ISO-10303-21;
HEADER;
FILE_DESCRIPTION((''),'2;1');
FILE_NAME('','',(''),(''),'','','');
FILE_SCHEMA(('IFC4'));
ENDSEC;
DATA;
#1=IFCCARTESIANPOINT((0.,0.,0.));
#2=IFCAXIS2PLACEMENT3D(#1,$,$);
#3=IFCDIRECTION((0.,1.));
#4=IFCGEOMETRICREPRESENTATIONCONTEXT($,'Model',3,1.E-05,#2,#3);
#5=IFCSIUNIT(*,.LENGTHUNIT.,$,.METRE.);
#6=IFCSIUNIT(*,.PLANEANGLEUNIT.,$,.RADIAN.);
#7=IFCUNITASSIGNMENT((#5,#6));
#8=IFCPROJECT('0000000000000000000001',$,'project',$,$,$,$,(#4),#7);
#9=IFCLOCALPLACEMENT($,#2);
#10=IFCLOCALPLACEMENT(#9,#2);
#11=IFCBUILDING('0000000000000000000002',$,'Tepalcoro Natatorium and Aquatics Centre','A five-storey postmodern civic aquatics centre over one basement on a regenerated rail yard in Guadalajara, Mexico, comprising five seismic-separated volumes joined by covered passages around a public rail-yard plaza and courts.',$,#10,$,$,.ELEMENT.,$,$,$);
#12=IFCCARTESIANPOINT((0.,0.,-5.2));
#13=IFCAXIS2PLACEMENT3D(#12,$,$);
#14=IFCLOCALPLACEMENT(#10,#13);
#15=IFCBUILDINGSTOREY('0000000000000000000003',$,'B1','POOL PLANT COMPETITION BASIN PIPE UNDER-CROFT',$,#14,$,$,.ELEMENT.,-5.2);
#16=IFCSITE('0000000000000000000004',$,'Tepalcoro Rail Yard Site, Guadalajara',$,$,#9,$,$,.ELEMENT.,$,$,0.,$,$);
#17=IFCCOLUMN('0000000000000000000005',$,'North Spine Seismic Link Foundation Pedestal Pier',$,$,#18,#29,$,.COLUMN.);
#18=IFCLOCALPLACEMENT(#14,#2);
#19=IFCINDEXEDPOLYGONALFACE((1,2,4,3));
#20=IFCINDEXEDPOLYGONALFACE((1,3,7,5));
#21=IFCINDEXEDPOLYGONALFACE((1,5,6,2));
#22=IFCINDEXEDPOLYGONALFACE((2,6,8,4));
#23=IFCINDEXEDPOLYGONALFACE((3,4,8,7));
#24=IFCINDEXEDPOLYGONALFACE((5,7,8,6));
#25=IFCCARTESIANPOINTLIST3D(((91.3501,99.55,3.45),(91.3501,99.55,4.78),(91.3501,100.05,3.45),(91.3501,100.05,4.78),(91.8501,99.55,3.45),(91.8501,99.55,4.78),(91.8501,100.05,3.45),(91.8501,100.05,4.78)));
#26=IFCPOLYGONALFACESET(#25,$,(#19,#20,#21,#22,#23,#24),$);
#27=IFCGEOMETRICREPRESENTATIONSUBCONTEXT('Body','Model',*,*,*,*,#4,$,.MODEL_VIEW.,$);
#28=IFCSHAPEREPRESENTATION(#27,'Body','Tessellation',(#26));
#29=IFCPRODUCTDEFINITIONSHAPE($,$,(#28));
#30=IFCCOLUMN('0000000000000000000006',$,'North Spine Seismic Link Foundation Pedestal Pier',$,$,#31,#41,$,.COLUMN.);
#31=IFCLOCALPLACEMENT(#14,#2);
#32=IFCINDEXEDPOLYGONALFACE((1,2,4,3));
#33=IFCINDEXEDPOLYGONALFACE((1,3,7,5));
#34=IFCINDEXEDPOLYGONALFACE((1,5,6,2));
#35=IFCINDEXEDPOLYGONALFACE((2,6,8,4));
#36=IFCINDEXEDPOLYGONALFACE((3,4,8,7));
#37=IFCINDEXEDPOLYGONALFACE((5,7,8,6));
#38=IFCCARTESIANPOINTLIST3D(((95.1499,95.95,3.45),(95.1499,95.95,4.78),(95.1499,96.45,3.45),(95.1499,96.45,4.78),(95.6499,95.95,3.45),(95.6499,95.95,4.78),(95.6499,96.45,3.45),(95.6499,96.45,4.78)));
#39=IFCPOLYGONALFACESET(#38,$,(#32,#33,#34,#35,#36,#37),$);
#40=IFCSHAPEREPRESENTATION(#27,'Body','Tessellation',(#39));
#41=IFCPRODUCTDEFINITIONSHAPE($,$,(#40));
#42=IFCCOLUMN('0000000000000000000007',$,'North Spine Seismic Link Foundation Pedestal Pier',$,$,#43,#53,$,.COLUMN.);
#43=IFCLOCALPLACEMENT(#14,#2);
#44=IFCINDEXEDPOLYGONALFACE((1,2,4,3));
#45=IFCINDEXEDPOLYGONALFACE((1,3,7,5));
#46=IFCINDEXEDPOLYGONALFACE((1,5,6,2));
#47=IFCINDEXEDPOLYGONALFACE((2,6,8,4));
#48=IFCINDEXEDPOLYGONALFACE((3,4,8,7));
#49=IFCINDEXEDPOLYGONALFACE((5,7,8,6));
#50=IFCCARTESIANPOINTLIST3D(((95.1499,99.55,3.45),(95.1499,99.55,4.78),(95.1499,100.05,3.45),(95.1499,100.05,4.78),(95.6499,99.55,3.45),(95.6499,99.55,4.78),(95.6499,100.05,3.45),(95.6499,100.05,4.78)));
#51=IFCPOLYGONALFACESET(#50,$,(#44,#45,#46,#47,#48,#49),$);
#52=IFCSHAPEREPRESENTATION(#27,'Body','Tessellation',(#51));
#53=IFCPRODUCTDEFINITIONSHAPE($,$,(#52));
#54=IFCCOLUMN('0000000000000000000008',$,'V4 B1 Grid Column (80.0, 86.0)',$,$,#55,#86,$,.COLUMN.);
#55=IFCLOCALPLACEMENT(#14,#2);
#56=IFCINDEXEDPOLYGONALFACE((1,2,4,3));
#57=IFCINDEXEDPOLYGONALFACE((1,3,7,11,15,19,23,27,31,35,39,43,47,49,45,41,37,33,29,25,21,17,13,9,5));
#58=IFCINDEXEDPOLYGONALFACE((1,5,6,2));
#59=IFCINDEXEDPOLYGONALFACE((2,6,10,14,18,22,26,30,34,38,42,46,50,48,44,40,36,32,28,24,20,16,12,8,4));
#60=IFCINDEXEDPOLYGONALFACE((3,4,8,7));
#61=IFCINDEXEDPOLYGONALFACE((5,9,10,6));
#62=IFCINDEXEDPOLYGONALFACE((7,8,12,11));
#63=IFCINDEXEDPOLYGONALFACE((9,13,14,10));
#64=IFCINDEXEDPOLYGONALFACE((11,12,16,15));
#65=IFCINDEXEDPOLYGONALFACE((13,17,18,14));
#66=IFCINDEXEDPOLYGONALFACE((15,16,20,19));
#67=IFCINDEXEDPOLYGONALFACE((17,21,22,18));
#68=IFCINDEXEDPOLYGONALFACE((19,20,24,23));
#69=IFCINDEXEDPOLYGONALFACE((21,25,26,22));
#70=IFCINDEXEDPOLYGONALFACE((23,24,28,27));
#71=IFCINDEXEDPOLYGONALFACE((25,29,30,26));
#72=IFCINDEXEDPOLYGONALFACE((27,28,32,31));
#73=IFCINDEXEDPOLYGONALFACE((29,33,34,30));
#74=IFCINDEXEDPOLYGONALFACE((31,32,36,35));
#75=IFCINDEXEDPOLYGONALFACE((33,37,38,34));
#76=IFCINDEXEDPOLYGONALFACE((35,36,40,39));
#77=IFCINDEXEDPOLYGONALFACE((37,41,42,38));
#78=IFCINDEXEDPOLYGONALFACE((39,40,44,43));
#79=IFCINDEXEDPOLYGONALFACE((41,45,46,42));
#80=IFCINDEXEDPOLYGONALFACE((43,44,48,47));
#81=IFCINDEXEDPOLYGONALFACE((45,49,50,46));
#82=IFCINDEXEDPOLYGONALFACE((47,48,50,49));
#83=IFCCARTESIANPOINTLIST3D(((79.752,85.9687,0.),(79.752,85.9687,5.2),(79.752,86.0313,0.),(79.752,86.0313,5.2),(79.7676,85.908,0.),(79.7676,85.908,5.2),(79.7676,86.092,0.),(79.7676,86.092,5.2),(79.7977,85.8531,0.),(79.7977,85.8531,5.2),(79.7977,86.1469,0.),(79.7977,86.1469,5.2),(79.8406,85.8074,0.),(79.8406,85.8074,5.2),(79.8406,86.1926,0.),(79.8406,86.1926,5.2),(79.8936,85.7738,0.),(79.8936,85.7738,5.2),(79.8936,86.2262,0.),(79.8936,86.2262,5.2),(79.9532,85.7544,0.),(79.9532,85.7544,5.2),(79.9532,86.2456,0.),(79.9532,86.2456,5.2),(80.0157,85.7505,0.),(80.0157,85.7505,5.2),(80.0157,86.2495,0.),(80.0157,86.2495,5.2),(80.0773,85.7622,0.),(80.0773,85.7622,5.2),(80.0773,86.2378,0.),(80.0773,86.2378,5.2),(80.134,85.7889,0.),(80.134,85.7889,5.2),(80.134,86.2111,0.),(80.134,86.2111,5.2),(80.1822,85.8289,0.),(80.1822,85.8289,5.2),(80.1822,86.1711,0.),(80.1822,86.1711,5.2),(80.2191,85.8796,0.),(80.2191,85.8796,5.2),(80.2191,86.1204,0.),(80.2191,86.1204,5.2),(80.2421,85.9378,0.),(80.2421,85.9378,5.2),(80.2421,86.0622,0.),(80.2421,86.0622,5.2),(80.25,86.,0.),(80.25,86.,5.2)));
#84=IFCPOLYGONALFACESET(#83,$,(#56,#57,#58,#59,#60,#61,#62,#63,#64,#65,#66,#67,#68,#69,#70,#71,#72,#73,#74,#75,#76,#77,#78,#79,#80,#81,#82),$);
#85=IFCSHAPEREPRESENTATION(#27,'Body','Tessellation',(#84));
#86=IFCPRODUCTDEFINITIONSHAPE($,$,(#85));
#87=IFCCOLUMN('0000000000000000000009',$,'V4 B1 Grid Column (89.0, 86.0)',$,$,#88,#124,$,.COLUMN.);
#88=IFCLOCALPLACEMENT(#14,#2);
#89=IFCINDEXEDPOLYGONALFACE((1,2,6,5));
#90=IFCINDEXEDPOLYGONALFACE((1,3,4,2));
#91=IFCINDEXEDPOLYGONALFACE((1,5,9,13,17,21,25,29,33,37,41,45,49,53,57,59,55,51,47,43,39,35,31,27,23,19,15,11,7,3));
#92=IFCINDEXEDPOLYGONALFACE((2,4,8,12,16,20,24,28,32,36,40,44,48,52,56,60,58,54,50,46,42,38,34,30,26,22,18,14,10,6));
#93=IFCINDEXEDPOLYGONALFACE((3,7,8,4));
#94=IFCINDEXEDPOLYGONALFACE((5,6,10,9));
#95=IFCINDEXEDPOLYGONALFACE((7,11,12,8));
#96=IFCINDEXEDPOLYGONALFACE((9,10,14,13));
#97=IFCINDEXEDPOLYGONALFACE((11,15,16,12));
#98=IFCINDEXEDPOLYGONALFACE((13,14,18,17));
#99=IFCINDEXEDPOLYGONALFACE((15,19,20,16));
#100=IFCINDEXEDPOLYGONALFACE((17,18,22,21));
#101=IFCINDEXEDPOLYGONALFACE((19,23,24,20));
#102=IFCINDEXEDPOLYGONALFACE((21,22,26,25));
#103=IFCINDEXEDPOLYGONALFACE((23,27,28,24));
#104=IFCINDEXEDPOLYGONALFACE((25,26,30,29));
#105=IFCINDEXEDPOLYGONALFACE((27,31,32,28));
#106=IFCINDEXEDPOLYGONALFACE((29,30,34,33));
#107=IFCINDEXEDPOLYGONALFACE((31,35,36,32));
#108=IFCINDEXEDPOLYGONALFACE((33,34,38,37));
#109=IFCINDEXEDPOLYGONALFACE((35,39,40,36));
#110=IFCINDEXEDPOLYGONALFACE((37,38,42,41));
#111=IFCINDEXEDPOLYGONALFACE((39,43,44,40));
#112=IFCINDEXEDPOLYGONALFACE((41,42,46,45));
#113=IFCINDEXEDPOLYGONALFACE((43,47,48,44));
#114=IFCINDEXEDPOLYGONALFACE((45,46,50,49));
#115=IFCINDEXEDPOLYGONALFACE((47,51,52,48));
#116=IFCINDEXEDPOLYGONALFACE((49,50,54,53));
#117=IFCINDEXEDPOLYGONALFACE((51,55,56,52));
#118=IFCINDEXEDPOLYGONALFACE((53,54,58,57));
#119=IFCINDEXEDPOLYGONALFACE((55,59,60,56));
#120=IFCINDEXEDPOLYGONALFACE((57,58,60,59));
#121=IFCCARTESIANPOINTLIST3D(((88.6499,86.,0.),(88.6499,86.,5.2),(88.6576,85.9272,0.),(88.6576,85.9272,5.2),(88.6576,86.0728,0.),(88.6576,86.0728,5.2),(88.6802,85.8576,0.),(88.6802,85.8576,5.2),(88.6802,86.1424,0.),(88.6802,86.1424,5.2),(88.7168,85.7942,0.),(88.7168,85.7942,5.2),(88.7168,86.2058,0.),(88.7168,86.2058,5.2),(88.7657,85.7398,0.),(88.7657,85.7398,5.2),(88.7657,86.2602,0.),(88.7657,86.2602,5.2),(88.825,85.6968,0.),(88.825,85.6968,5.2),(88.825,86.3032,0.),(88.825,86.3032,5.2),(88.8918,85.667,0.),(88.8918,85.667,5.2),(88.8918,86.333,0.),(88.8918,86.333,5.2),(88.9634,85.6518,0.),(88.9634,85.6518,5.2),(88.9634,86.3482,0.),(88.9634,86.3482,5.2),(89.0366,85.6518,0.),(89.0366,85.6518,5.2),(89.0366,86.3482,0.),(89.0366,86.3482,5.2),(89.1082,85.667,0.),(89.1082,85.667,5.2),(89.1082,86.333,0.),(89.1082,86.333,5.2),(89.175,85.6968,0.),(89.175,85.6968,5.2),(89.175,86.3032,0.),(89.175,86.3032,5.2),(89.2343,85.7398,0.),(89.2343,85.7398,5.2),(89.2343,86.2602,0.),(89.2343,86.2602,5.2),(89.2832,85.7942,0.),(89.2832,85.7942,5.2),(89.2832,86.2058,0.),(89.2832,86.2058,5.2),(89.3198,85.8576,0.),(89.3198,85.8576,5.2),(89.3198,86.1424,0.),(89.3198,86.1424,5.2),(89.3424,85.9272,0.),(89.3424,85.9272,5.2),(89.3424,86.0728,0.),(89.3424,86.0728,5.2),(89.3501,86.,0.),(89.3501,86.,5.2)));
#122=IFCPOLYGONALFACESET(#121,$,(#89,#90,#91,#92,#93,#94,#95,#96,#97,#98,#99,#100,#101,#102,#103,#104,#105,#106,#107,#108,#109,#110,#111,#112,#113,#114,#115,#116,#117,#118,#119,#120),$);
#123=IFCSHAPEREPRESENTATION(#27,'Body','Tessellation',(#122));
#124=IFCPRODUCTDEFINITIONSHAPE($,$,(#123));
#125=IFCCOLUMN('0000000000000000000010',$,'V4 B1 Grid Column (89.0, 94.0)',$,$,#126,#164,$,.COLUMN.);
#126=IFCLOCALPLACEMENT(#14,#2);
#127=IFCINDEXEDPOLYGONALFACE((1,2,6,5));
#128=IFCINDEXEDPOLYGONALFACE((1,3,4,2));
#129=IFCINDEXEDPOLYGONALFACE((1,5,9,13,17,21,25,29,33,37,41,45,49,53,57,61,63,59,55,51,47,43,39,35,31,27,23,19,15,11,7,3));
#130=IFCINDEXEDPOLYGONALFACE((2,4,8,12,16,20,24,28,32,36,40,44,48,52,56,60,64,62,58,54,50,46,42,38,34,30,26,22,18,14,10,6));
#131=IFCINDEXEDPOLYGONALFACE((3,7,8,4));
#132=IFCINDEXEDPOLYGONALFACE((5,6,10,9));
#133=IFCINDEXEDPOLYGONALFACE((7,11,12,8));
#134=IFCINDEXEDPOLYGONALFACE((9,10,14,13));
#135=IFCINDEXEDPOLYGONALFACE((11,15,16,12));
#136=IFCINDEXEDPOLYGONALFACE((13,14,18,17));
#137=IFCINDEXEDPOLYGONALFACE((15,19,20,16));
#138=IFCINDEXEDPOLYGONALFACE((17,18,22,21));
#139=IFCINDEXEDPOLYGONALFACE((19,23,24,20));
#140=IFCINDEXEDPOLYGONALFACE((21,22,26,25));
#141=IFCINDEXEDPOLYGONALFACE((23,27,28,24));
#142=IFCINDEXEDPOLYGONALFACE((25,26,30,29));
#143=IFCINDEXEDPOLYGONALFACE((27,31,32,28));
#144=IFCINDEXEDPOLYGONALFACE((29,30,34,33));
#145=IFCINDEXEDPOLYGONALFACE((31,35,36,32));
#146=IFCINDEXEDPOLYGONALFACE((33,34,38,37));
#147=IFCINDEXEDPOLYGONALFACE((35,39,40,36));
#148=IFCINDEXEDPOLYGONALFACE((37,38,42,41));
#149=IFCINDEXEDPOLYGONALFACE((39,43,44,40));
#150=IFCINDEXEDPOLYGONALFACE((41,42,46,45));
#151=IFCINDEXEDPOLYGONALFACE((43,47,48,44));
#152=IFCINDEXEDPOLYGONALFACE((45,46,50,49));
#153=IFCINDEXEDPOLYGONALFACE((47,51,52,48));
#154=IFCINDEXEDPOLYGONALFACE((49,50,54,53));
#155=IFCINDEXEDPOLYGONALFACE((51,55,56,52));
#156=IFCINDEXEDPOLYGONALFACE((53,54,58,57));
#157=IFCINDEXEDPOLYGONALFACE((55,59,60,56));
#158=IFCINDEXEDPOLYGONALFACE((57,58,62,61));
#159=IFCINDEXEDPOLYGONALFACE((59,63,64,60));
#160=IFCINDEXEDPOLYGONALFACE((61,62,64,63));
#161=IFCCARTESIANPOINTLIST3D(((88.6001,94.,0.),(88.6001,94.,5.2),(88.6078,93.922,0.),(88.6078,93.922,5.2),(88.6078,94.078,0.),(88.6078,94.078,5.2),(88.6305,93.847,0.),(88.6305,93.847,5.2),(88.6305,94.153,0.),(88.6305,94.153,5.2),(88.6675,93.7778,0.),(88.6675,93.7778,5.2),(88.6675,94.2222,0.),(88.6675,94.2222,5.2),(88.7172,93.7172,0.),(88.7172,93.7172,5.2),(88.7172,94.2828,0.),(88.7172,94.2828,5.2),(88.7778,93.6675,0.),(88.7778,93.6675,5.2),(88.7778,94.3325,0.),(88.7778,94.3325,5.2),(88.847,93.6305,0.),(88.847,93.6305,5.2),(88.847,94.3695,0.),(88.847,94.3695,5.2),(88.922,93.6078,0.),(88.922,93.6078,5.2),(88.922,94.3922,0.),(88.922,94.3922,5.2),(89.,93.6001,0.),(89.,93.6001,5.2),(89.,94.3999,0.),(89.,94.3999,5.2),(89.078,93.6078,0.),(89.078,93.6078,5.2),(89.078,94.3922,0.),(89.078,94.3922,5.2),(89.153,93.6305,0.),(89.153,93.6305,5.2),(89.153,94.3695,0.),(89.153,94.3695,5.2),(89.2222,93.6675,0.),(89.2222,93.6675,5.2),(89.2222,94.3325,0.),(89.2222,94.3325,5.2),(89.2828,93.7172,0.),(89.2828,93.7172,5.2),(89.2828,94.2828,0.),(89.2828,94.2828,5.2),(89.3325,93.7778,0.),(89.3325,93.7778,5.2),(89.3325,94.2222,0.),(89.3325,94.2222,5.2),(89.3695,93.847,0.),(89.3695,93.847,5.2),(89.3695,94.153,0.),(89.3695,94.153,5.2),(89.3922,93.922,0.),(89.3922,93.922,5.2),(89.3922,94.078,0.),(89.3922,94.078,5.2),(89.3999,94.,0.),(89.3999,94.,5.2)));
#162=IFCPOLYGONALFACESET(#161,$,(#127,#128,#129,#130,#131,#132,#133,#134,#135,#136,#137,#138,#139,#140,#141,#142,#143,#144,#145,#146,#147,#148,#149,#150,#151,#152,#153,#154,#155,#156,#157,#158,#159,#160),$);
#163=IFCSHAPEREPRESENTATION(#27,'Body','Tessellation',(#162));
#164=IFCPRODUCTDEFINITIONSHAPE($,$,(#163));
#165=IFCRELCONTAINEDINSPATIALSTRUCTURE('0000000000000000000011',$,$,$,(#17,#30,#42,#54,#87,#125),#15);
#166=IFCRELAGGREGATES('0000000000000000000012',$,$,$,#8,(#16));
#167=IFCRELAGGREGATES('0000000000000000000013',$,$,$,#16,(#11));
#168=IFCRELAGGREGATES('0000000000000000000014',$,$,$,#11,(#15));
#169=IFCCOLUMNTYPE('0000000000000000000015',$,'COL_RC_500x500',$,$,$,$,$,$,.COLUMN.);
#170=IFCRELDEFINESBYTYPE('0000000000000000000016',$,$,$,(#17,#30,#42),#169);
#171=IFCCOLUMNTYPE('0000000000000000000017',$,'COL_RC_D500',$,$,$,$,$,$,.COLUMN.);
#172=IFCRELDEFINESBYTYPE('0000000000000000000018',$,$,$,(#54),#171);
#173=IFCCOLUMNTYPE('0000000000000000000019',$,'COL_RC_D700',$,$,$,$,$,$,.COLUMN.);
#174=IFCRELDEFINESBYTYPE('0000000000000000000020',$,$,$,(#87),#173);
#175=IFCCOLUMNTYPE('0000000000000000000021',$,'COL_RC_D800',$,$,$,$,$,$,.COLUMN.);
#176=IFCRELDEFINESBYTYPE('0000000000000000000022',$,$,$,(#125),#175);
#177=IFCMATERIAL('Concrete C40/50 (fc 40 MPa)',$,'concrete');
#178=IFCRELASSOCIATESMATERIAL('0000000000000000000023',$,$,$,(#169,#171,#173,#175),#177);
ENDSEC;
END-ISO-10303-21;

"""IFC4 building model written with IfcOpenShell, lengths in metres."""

from ifc_helpers import new_model, si_unit, direction, frame, origin, origin_2d, place, context, subcontext, project, spatial, rectangle, circle, extrude, material, material_profile, profile_set, type_object, element, save


model = new_model("IFC4")

# Units and contexts
model_context = context("Model", 3, precision=1e-05, world=origin(), true_north=direction((0.0, 1.0)))
body_context = subcontext(model_context, "Body", "Model", "MODEL_VIEW")
ifc_project = project(units=[si_unit("LENGTHUNIT", "METRE"), si_unit("PLANEANGLEUNIT", "RADIAN")], contexts=[model_context])

# Site, building, storey
site_placement = place(None, origin())
site = spatial("IfcSite", under=ifc_project, at=site_placement, Name="Tepalcoro Rail Yard Site, Guadalajara", CompositionType="ELEMENT", RefElevation=0.0)
building_placement = place(site_placement, origin())
building = spatial("IfcBuilding", under=site, at=building_placement, Name="Tepalcoro Natatorium and Aquatics Centre", Description="A five-storey postmodern civic aquatics centre over one basement on a regenerated rail yard in Guadalajara, Mexico, comprising five seismic-separated volumes joined by covered passages around a public rail-yard plaza and courts.", CompositionType="ELEMENT")
storey_placement = place(building_placement, frame((0.0, 0.0, -5.2)))
storey = spatial("IfcBuildingStorey", under=building, at=storey_placement, Name="B1", Description="POOL PLANT COMPETITION BASIN PIPE UNDER-CROFT", CompositionType="ELEMENT", Elevation=-5.2)

# Shared definitions
ifc_material_1 = material(Name="Concrete C40/50 (fc 40 MPa)", Category="concrete")

# Columns
ifc_material_profile_1 = material_profile(ifc_material_1, rectangle(XDim=0.5, YDim=0.5, at=origin_2d()), Name="RC500x500")
ifc_profile_set_1 = profile_set([ifc_material_profile_1], Name="Concrete C40/50 (fc 40 MPa)")
column_type_1 = type_object("IfcColumnType", Name="COL_RC_500x500", PredefinedType="COLUMN", material=ifc_profile_set_1)
for number, where, z_axis, x_axis, name in (
    (1, (91.6001, 99.8, 3.45), (0.0, 0.0, 1.0), (1.0, 0.0, 0.0), "North Spine Seismic Link Foundation Pedestal Pier"),
    (2, (95.3999, 96.2, 3.45), (0.0, 0.0, 1.0), (1.0, 0.0, 0.0), "North Spine Seismic Link Foundation Pedestal Pier"),
    (3, (95.3999, 99.8, 3.45), (0.0, 0.0, 1.0), (1.0, 0.0, 0.0), "North Spine Seismic Link Foundation Pedestal Pier"),
):
    element("IfcColumn", number, at=place(storey_placement, frame(where, z_axis=z_axis, x_axis=x_axis)), inside=storey, type_object=column_type_1, Name=name, PredefinedType="COLUMN", context=body_context, shape_type="SweptSolid", body=[
        extrude(rectangle(XDim=0.5, YDim=0.5, at=origin_2d()), origin(), (0.0, 0.0, 1.0), 1.3301),
    ])
ifc_material_profile_2 = material_profile(ifc_material_1, circle(Radius=0.25, at=origin_2d()), Name="RCD500")
ifc_profile_set_2 = profile_set([ifc_material_profile_2], Name="Concrete C40/50 (fc 40 MPa)")
column_type_2 = type_object("IfcColumnType", Name="COL_RC_D500", PredefinedType="COLUMN", material=ifc_profile_set_2)
column_1_placement = place(storey_placement, frame((80.0, 86.0, 0.0), z_axis=(0.0, 0.0, 1.0), x_axis=(1.0, 0.0, 0.0)))
element("IfcColumn", 4, at=column_1_placement, inside=storey, type_object=column_type_2, Name="V4 B1 Grid Column (80.0, 86.0)", PredefinedType="COLUMN", context=body_context, shape_type="SweptSolid", body=[
    extrude(circle(Radius=0.25, at=origin_2d()), origin(), (0.0, 0.0, 1.0), 5.2),
])
ifc_material_profile_3 = material_profile(ifc_material_1, circle(Radius=0.3501, at=origin_2d()), Name="RCD700")
ifc_profile_set_3 = profile_set([ifc_material_profile_3], Name="Concrete C40/50 (fc 40 MPa)")
column_type_3 = type_object("IfcColumnType", Name="COL_RC_D700", PredefinedType="COLUMN", material=ifc_profile_set_3)
column_2_placement = place(storey_placement, frame((89.0, 86.0, 0.0), z_axis=(0.0, 0.0, 1.0), x_axis=(1.0, 0.0, 0.0)))
element("IfcColumn", 5, at=column_2_placement, inside=storey, type_object=column_type_3, Name="V4 B1 Grid Column (89.0, 86.0)", PredefinedType="COLUMN", context=body_context, shape_type="SweptSolid", body=[
    extrude(circle(Radius=0.3501, at=origin_2d()), origin(), (0.0, 0.0, 1.0), 5.2),
])
ifc_material_profile_4 = material_profile(ifc_material_1, circle(Radius=0.3999, at=origin_2d()), Name="RCD800")
ifc_profile_set_4 = profile_set([ifc_material_profile_4], Name="Concrete C40/50 (fc 40 MPa)")
column_type_4 = type_object("IfcColumnType", Name="COL_RC_D800", PredefinedType="COLUMN", material=ifc_profile_set_4)
column_3_placement = place(storey_placement, frame((89.0, 94.0, 0.0), z_axis=(0.0, 0.0, 1.0), x_axis=(1.0, 0.0, 0.0)))
element("IfcColumn", 6, at=column_3_placement, inside=storey, type_object=column_type_4, Name="V4 B1 Grid Column (89.0, 94.0)", PredefinedType="COLUMN", context=body_context, shape_type="SweptSolid", body=[
    extrude(circle(Radius=0.3999, at=origin_2d()), origin(), (0.0, 0.0, 1.0), 5.2),
])

save(model, "model.ifc")
